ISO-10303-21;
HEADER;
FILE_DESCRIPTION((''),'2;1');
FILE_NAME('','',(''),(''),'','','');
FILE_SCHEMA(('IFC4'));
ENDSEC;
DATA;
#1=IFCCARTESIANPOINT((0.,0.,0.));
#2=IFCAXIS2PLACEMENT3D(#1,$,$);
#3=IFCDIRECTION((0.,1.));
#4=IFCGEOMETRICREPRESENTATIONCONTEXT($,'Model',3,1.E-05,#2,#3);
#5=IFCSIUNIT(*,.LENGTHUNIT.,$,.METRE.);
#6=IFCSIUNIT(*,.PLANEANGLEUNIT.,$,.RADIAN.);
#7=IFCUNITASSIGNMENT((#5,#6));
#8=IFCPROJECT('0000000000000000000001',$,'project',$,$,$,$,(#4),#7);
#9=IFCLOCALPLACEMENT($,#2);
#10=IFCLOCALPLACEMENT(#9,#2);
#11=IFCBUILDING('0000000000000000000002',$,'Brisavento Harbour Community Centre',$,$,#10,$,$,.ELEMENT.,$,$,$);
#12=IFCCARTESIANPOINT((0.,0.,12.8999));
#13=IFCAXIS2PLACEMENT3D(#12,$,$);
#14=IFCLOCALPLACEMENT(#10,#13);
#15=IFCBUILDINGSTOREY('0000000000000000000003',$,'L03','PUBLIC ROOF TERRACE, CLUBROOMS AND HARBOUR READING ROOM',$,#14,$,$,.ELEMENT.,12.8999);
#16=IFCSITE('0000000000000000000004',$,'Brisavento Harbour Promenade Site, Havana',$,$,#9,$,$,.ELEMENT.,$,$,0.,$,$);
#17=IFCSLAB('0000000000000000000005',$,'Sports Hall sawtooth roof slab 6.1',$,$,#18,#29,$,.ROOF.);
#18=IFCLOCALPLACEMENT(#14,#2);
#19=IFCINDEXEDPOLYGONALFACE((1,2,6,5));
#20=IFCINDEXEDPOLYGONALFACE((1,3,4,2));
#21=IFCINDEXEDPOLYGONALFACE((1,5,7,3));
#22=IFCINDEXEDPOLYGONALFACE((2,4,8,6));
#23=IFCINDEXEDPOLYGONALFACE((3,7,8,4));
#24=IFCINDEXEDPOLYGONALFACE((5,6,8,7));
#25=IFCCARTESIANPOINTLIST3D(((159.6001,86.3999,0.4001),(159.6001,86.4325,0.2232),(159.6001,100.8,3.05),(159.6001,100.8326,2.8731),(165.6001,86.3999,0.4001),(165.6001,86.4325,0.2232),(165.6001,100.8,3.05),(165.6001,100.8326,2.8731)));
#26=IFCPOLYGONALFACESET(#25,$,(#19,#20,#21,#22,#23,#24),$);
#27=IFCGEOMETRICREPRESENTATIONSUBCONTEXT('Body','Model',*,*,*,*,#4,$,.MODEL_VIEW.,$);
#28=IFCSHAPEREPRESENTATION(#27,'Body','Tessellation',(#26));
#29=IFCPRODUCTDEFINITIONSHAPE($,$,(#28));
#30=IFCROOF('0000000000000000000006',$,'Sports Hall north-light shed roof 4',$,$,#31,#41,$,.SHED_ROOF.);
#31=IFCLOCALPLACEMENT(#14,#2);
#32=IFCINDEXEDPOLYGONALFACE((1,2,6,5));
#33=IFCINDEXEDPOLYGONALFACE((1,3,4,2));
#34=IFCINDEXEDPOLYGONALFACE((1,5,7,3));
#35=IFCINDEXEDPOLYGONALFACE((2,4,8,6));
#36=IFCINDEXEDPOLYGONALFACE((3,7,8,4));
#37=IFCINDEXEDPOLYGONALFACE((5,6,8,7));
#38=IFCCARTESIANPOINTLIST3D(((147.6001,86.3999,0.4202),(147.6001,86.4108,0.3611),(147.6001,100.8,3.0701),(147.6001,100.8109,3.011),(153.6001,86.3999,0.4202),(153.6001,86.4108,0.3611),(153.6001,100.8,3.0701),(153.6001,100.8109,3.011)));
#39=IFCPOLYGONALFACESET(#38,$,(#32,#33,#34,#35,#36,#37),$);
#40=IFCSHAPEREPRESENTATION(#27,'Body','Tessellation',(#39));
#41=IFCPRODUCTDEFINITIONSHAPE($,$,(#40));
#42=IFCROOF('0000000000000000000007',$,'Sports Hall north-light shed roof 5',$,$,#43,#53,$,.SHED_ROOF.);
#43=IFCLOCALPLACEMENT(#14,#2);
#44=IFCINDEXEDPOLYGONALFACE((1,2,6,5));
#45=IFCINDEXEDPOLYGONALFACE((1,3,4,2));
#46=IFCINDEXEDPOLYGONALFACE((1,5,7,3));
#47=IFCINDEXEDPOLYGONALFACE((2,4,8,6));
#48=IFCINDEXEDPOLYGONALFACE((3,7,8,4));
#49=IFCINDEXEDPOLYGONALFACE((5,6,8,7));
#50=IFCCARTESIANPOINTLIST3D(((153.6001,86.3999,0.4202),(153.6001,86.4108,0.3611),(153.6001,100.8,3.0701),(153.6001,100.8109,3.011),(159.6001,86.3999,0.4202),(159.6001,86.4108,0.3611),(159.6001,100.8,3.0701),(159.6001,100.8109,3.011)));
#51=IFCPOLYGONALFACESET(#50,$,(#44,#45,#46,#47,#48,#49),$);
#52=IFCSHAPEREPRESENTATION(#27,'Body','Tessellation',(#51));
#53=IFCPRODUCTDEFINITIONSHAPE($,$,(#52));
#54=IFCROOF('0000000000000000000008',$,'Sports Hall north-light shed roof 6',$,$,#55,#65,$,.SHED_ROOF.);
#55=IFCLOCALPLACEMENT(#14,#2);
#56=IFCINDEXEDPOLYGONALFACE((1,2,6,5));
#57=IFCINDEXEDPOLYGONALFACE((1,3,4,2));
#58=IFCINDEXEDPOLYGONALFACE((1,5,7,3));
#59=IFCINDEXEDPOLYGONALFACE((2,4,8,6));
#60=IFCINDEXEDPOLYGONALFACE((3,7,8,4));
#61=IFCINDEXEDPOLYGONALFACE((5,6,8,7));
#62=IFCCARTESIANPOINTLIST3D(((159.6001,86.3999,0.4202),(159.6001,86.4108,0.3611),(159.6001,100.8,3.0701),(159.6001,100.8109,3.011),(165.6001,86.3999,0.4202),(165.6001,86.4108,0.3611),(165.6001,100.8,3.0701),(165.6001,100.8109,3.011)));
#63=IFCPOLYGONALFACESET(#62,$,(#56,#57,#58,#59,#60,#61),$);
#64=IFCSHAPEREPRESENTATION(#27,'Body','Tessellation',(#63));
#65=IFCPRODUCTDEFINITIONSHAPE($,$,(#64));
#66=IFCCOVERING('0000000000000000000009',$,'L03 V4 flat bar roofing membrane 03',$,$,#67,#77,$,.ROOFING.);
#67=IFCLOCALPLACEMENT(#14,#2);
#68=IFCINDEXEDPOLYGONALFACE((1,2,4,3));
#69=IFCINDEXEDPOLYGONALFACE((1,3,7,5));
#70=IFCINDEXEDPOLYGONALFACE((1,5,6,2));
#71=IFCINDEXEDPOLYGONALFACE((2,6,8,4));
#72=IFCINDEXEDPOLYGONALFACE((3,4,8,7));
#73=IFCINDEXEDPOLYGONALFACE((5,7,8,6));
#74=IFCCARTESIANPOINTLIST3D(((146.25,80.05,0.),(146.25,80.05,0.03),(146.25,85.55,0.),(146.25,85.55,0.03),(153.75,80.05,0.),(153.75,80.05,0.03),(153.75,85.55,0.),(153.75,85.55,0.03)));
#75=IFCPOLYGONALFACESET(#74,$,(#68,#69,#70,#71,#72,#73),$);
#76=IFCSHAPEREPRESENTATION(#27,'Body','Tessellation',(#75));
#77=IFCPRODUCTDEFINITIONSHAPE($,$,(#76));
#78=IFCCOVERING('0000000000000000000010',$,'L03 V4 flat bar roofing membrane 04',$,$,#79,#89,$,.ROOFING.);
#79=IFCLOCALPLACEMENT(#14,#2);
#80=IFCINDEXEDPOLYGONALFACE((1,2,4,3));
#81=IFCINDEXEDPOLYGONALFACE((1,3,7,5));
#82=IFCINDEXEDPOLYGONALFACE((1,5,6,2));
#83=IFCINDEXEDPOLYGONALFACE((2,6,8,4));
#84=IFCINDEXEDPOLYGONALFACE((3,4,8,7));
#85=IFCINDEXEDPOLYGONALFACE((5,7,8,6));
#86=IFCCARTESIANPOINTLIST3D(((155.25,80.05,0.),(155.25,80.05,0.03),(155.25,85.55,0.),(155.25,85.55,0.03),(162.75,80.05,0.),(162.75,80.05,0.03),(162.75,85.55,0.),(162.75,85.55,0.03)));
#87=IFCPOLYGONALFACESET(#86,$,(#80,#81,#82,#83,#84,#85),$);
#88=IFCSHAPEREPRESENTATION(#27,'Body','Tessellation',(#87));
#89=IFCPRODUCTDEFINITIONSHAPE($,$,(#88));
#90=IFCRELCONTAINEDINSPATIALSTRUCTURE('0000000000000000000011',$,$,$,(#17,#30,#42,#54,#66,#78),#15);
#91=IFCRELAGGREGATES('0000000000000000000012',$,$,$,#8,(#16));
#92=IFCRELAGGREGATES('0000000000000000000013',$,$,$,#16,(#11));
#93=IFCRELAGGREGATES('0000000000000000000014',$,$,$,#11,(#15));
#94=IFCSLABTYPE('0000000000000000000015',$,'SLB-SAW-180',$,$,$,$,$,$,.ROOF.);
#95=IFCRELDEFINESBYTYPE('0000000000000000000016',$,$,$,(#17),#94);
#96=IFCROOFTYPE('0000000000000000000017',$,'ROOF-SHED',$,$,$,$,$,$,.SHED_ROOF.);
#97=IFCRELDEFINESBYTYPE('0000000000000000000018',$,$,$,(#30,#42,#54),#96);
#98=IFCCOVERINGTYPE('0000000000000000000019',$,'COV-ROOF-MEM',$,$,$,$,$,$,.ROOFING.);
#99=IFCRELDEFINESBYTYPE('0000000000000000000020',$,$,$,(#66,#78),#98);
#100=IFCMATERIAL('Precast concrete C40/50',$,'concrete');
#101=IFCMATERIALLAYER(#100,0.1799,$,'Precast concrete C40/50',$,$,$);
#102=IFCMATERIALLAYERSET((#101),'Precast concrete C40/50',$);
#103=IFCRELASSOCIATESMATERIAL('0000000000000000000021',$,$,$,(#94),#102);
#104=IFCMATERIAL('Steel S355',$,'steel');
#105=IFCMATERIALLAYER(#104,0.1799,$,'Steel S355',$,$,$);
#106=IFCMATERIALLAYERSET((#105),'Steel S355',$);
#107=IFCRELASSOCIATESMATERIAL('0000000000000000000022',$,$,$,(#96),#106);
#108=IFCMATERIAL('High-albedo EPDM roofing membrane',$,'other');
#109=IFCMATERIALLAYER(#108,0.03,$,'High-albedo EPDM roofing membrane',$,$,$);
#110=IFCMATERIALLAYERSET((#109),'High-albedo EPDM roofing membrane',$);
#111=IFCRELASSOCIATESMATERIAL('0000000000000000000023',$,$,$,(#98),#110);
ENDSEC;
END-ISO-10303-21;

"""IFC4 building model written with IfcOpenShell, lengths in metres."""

from ifc_helpers import new_model, si_unit, direction, frame, origin, origin_2d, place, context, subcontext, project, spatial, polyline, rectangle, outline, extrude, material, layer, layer_set, type_object, element, save


model = new_model("IFC4")

# Units and contexts
model_context = context("Model", 3, precision=1e-05, world=origin(), true_north=direction((0.0, 1.0)))
body_context = subcontext(model_context, "Body", "Model", "MODEL_VIEW")
ifc_project = project(units=[si_unit("LENGTHUNIT", "METRE"), si_unit("PLANEANGLEUNIT", "RADIAN")], contexts=[model_context])

# Site, building, storey
site_placement = place(None, origin())
site = spatial("IfcSite", under=ifc_project, at=site_placement, Name="Brisavento Harbour Promenade Site, Havana", CompositionType="ELEMENT", RefElevation=0.0)
building_placement = place(site_placement, origin())
building = spatial("IfcBuilding", under=site, at=building_placement, Name="Brisavento Harbour Community Centre", CompositionType="ELEMENT")
storey_placement = place(building_placement, frame((0.0, 0.0, 12.8999)))
storey = spatial("IfcBuildingStorey", under=building, at=storey_placement, Name="L03", Description="PUBLIC ROOF TERRACE, CLUBROOMS AND HARBOUR READING ROOM", CompositionType="ELEMENT", Elevation=12.8999)

# Shared definitions
ifc_material_1 = material(Name="Steel S355", Category="steel")

# Slab
ifc_material_2 = material(Name="Precast concrete C40/50", Category="concrete")
ifc_layer_1 = layer(ifc_material_2, 0.1799, Name="Precast concrete C40/50")
ifc_layer_set_1 = layer_set([ifc_layer_1], Name="Precast concrete C40/50")
slab_type = type_object("IfcSlabType", Name="SLB-SAW-180", PredefinedType="ROOF", material=ifc_layer_set_1)
for number, where, z_axis, x_axis, name in (
    (1, (159.6001, 86.3999, 0.4001), (0.0, -0.18098, 0.983487), (1.0, 0.0, 0.0), "Sports Hall sawtooth roof slab 6.1"),
):
    element("IfcSlab", number, at=place(storey_placement, frame(where, z_axis=z_axis, x_axis=x_axis)), inside=storey, type_object=slab_type, Name=name, PredefinedType="ROOF", context=body_context, shape_type="SweptSolid", body=[
        extrude(outline(polyline([(0.0, 0.0), (6.0, 0.0), (6.0, 14.6419), (0.0, 14.6419), (0.0, 0.0)])), origin(), (0.0, 0.0, -1.0), 0.1799),
    ])

# Roofs
ifc_layer_2 = layer(ifc_material_1, 0.1799, Name="Steel S355")
ifc_layer_set_2 = layer_set([ifc_layer_2], Name="Steel S355")
roof_type = type_object("IfcRoofType", Name="ROOF-SHED", PredefinedType="SHED_ROOF", material=ifc_layer_set_2)
for number, where, z_axis, x_axis, name in (
    (2, (147.6001, 86.3999, 0.4202), (0.0, -0.18098, 0.983487), (1.0, 0.0, 0.0), "Sports Hall north-light shed roof 4"),
    (3, (153.6001, 86.3999, 0.4202), (0.0, -0.18098, 0.983487), (1.0, 0.0, 0.0), "Sports Hall north-light shed roof 5"),
    (4, (159.6001, 86.3999, 0.4202), (0.0, -0.18098, 0.983487), (1.0, 0.0, 0.0), "Sports Hall north-light shed roof 6"),
):
    element("IfcRoof", number, at=place(storey_placement, frame(where, z_axis=z_axis, x_axis=x_axis)), inside=storey, type_object=roof_type, Name=name, PredefinedType="SHED_ROOF", context=body_context, shape_type="SweptSolid", body=[
        extrude(outline(polyline([(0.0, 0.0), (6.0, 0.0), (6.0, 14.6419), (0.0, 14.6419), (0.0, 0.0)])), origin(), (0.0, 0.0, -1.0), 0.0601),
    ])

# Coverings
ifc_material_3 = material(Name="High-albedo EPDM roofing membrane", Category="other")
ifc_layer_3 = layer(ifc_material_3, 0.03, Name="High-albedo EPDM roofing membrane")
ifc_layer_set_3 = layer_set([ifc_layer_3], Name="High-albedo EPDM roofing membrane")
covering_type = type_object("IfcCoveringType", Name="COV-ROOF-MEM", PredefinedType="ROOFING", material=ifc_layer_set_3)
for number, where, z_axis, x_axis, name in (
    (5, (150.0, 82.8, 0.0), (0.0, 0.0, 1.0), (1.0, 0.0, 0.0), "L03 V4 flat bar roofing membrane 03"),
    (6, (159.0, 82.8, 0.0), (0.0, 0.0, 1.0), (1.0, 0.0, 0.0), "L03 V4 flat bar roofing membrane 04"),
):
    element("IfcCovering", number, at=place(storey_placement, frame(where, z_axis=z_axis, x_axis=x_axis)), inside=storey, type_object=covering_type, Name=name, PredefinedType="ROOFING", context=body_context, shape_type="SweptSolid", body=[
        extrude(rectangle(XDim=7.5, YDim=5.5, at=origin_2d()), origin(), (0.0, 0.0, 1.0), 0.03),
    ])

save(model, "model.ifc")
